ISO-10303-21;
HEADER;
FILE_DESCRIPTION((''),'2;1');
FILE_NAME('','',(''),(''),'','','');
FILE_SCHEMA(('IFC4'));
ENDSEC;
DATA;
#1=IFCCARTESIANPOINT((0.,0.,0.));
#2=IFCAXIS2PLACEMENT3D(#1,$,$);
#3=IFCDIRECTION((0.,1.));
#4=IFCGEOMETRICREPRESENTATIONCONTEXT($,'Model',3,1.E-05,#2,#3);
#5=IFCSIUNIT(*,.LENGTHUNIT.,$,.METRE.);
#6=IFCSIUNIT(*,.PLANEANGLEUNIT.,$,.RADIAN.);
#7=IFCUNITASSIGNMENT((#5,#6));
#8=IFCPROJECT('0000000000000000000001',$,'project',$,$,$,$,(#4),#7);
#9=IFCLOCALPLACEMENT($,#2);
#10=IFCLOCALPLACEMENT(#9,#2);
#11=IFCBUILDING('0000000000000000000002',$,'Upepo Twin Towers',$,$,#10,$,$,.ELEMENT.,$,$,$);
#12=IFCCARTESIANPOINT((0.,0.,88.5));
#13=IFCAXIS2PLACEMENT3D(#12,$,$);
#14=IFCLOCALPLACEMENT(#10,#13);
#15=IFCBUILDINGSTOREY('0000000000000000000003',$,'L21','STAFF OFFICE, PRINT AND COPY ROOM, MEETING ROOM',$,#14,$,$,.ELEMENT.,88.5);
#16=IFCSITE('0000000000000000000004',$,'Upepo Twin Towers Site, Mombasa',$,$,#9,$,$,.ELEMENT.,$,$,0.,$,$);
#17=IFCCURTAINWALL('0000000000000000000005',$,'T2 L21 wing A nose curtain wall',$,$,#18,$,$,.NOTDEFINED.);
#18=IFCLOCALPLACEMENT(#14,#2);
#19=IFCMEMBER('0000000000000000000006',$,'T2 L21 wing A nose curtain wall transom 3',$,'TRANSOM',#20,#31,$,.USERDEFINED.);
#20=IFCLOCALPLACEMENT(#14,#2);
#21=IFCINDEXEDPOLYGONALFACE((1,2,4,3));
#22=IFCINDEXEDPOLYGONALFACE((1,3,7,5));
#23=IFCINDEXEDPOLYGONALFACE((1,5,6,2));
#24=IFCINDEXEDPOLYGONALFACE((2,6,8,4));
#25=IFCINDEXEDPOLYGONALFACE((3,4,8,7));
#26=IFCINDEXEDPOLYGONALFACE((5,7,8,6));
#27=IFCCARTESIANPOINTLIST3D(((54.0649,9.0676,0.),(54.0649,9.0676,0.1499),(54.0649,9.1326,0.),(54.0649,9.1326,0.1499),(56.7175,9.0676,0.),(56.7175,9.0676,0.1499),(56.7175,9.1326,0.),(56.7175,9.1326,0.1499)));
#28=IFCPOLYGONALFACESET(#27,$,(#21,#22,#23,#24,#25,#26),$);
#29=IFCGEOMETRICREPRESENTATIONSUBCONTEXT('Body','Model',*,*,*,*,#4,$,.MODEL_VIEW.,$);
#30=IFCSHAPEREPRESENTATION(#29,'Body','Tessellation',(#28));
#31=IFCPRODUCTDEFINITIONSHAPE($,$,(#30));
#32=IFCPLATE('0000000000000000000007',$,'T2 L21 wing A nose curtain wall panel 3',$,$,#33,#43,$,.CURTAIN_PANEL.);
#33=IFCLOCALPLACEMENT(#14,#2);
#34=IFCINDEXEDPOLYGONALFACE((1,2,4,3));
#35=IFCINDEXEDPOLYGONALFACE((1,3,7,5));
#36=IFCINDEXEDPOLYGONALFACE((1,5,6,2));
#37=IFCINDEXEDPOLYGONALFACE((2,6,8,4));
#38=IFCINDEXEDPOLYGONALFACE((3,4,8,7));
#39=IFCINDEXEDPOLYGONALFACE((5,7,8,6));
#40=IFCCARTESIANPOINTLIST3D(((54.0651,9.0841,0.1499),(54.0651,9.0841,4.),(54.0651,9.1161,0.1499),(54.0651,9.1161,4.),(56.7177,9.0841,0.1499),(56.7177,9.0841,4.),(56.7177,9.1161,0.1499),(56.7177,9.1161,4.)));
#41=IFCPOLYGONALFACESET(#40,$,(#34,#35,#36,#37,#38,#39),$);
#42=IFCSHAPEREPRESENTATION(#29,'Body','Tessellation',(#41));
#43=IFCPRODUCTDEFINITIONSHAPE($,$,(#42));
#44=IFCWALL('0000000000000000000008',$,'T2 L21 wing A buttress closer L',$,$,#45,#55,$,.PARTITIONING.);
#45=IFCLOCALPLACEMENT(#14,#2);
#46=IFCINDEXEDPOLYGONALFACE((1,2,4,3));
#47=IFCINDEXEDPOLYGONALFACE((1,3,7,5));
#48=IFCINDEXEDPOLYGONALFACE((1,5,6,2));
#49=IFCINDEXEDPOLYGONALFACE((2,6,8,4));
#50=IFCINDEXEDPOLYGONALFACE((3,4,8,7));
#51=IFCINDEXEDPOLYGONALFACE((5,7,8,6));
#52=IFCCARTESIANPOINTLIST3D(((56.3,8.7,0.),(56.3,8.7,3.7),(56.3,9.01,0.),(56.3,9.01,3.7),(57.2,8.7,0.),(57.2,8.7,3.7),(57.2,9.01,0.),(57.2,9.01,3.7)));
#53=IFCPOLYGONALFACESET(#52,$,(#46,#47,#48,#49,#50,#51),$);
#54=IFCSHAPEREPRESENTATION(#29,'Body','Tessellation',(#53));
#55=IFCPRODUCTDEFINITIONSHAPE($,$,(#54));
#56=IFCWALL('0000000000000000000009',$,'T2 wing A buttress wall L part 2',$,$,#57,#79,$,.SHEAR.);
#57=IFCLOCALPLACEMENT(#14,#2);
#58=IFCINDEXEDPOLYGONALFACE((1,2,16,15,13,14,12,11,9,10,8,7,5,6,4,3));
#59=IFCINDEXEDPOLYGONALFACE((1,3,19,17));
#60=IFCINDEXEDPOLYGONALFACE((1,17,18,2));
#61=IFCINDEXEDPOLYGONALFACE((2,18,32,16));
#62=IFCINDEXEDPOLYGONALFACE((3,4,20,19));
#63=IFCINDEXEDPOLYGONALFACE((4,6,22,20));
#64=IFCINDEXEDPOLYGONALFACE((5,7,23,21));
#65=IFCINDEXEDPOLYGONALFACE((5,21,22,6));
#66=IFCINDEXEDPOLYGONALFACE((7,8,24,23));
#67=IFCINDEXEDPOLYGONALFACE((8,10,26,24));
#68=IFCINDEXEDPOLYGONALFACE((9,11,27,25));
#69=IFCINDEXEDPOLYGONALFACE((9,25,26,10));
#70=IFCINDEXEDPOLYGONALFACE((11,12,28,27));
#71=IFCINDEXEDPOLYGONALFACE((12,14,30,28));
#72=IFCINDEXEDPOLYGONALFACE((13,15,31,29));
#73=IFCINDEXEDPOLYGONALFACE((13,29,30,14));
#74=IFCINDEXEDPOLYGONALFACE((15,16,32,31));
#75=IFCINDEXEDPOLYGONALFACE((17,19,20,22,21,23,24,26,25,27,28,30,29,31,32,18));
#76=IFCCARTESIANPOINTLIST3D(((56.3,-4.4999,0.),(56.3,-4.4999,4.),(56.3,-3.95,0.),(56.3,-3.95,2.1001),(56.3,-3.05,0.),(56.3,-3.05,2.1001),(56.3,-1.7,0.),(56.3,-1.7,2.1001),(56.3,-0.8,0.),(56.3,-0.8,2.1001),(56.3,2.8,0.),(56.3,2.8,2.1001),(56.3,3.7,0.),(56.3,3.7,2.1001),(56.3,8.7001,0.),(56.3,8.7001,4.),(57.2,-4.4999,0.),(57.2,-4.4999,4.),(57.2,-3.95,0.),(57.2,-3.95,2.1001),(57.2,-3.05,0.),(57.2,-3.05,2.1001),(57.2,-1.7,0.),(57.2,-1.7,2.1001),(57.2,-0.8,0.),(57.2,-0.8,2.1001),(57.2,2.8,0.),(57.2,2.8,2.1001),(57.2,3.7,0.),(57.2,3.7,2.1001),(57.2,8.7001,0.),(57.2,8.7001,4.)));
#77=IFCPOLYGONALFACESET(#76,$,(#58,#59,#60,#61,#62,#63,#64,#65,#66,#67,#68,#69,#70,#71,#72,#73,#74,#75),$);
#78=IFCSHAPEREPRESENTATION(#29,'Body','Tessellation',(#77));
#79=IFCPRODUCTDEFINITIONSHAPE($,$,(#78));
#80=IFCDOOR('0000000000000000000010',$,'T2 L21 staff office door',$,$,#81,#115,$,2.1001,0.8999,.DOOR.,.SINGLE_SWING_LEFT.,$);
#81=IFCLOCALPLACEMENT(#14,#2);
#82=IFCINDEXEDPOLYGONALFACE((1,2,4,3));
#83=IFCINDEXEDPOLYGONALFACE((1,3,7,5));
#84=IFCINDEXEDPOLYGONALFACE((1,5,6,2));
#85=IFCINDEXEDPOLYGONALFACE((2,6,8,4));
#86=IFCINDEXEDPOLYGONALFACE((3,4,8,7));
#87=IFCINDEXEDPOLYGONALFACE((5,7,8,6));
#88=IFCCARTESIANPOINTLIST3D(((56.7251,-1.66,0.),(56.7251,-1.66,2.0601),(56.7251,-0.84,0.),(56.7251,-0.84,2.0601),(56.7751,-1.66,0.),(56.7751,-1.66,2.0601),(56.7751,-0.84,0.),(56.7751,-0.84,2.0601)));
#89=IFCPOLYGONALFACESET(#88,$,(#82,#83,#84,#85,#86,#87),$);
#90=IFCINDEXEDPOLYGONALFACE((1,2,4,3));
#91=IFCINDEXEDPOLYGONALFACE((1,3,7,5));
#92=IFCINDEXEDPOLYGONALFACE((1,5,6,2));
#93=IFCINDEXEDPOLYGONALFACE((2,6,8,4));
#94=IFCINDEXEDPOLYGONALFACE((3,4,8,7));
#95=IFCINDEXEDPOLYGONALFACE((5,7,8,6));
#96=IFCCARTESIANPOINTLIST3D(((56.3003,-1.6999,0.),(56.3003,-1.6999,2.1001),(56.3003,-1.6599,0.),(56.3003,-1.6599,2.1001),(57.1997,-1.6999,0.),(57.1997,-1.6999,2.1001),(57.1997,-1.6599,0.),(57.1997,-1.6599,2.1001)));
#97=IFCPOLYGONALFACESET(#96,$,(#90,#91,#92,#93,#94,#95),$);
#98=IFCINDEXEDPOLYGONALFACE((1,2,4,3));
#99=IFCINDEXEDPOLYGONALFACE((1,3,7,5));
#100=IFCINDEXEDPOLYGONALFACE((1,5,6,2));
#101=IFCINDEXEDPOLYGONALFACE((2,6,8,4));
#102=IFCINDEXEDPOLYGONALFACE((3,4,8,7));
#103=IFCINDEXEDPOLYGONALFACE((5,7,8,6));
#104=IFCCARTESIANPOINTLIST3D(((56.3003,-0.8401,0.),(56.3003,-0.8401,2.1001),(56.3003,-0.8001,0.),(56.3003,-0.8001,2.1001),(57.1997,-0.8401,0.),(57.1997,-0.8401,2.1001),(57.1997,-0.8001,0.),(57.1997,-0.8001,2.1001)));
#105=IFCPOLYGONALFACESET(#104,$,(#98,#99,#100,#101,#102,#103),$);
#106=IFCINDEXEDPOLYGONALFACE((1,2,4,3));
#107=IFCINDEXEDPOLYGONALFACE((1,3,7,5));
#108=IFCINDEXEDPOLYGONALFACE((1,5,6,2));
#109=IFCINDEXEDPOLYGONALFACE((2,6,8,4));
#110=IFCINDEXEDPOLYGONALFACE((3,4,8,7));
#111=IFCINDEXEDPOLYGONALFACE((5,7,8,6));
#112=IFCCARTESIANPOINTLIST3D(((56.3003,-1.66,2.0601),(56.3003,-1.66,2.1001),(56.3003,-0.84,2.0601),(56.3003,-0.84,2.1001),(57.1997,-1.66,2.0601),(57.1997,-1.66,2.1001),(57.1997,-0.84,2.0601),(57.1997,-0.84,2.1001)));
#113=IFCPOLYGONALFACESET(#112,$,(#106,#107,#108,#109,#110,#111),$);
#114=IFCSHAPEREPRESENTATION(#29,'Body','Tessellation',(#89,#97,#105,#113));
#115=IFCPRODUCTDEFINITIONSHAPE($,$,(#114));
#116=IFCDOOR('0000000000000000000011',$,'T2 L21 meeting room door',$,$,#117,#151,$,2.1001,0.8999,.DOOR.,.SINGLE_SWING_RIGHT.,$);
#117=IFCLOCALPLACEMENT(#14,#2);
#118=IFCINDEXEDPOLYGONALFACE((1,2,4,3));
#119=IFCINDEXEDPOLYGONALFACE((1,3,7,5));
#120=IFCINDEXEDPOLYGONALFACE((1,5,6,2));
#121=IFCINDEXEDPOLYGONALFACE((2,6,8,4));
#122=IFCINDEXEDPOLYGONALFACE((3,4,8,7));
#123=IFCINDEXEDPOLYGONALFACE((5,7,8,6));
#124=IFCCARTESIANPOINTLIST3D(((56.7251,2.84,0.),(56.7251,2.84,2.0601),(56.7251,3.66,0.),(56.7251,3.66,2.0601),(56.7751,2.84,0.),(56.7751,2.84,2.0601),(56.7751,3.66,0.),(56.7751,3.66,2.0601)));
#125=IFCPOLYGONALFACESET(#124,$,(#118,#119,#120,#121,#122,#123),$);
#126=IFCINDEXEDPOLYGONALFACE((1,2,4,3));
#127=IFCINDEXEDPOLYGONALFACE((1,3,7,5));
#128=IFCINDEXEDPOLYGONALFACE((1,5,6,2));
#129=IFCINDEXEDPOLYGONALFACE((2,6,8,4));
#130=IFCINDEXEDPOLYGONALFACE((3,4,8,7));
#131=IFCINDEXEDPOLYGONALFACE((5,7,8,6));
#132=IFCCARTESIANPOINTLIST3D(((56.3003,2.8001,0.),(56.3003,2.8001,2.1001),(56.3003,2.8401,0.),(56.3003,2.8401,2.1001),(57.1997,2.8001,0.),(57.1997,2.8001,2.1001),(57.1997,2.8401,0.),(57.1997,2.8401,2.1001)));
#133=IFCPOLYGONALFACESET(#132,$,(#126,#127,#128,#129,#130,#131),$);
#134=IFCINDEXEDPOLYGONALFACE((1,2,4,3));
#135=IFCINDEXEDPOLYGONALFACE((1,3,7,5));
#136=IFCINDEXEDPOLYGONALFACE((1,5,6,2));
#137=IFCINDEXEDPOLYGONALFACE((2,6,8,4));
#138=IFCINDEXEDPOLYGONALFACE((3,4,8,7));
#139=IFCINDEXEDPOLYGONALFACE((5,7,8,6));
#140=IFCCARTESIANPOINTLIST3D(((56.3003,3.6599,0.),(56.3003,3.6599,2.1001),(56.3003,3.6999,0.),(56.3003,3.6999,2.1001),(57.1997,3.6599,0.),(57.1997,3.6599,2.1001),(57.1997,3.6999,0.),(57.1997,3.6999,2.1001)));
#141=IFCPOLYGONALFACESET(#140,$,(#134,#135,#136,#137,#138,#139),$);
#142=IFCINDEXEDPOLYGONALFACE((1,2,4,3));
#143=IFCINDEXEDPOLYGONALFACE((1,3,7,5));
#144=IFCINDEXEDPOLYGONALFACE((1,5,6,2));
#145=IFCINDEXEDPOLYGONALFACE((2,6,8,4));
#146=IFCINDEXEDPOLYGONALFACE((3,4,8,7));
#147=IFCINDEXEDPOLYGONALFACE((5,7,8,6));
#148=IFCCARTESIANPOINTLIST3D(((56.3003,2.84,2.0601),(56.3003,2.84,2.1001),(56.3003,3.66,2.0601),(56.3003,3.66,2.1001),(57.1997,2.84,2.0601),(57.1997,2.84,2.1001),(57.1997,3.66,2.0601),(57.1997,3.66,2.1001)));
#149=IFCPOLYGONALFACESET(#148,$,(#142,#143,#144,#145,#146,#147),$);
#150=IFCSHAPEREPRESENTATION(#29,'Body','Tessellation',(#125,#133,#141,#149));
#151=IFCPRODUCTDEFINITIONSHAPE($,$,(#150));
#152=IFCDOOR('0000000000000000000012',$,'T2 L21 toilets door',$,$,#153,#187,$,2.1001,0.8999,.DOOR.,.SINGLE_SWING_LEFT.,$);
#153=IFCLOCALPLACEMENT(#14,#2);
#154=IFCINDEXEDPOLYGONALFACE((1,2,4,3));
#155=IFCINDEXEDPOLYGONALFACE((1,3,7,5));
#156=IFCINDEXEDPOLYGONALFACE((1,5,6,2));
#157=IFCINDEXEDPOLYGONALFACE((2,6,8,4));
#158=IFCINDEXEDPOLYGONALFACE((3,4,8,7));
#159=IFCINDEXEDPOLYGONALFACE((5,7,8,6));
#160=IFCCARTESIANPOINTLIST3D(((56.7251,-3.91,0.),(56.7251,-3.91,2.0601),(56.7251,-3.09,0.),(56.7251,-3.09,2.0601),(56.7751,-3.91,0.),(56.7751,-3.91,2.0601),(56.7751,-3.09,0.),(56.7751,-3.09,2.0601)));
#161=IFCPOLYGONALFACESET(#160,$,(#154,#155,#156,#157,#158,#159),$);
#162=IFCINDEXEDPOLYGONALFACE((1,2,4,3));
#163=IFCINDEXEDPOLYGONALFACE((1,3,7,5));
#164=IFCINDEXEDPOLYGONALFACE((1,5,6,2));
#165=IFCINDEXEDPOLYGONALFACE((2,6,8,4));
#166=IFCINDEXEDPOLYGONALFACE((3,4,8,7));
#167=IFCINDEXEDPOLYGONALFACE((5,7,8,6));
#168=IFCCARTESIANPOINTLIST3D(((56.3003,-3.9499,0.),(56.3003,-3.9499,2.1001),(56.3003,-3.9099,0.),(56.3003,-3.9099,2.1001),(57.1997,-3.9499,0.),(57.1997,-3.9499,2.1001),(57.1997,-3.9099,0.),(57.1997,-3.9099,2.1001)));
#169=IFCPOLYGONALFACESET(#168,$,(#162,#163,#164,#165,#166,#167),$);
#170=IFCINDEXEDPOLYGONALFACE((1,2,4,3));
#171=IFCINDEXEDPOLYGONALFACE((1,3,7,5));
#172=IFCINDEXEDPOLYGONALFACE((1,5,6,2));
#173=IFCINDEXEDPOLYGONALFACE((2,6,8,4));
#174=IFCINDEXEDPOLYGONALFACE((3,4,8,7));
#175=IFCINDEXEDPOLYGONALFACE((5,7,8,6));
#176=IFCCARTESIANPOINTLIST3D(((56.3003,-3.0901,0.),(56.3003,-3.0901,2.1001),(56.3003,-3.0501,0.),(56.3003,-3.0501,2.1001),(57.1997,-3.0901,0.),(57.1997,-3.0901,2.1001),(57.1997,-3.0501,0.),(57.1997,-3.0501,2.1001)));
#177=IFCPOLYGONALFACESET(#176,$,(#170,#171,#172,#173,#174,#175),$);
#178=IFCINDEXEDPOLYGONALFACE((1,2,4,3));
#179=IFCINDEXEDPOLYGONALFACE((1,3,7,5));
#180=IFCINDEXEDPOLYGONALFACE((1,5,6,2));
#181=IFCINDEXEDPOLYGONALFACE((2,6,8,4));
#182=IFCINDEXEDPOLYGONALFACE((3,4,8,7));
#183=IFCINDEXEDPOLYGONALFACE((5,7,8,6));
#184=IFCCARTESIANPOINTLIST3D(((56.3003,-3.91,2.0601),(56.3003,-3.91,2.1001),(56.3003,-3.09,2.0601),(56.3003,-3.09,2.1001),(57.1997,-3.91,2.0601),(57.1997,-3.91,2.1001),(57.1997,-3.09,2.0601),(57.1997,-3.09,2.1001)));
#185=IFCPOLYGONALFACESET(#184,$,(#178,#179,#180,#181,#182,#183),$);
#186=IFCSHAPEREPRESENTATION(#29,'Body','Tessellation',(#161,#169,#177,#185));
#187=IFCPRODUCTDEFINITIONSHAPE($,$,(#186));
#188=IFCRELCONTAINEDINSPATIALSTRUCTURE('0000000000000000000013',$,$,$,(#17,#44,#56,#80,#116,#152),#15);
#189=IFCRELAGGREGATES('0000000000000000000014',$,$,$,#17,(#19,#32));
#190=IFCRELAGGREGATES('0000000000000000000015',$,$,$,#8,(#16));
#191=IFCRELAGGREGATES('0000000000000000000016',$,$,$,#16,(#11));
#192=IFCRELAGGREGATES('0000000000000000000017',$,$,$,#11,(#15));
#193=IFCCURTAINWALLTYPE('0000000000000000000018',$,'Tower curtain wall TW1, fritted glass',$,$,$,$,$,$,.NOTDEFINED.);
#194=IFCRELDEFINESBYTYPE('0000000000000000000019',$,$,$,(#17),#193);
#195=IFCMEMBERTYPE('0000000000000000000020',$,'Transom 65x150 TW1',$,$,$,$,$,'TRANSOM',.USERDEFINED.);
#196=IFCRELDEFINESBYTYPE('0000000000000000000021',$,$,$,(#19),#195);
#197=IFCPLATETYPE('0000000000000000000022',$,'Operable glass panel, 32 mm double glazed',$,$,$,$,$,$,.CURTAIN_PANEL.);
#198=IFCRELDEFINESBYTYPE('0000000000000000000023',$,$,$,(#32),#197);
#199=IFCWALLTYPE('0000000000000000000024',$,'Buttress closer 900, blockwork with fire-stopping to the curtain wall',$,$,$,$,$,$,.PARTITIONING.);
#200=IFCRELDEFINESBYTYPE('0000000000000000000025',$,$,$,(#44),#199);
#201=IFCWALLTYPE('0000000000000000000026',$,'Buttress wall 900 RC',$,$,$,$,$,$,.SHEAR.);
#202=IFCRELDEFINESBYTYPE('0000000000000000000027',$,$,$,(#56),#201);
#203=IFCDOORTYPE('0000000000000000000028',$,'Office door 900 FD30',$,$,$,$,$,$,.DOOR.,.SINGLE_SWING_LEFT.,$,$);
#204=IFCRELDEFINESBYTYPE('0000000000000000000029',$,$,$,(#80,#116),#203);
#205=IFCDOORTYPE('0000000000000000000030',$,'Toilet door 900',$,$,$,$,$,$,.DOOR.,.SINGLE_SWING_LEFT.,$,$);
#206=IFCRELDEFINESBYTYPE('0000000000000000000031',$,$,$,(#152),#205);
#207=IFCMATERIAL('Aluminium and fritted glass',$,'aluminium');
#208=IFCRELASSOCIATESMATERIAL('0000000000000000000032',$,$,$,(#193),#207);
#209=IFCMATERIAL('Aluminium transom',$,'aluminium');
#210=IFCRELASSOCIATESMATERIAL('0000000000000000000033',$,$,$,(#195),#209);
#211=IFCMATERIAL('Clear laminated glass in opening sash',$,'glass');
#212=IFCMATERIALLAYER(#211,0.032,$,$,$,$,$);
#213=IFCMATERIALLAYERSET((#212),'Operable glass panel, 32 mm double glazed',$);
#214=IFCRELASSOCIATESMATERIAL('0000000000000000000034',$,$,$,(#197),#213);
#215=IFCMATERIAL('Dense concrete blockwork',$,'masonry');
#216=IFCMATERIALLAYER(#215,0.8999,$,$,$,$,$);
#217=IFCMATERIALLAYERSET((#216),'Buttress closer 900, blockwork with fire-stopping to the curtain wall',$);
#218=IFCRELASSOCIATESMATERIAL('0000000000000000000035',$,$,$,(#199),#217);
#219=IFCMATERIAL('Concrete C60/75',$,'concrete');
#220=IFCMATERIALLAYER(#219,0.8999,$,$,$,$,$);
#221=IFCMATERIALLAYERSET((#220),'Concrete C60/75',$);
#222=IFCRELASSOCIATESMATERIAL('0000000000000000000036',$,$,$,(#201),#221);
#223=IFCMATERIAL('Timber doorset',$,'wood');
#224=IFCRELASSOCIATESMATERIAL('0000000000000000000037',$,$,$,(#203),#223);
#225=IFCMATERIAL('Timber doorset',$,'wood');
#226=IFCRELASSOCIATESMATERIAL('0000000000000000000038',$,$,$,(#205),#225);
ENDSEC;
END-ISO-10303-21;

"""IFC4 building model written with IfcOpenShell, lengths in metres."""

from ifc_helpers import new_model, si_unit, direction, frame, frame_2d, origin, origin_2d, place, context, subcontext, project, spatial, rectangle, extrude, material, layer, layer_set, material_profile, profile_set, type_object, element, fill, aggregate, save


model = new_model("IFC4")

# Units and contexts
model_context = context("Model", 3, precision=1e-05, world=origin(), true_north=direction((0.0, 1.0)))
body_context = subcontext(model_context, "Body", "Model", "MODEL_VIEW")
ifc_project = project(units=[si_unit("LENGTHUNIT", "METRE"), si_unit("PLANEANGLEUNIT", "RADIAN")], contexts=[model_context])

# Site, building, storey
site_placement = place(None, origin())
site = spatial("IfcSite", under=ifc_project, at=site_placement, Name="Upepo Twin Towers Site, Mombasa", CompositionType="ELEMENT", RefElevation=0.0)
building_placement = place(site_placement, origin())
building = spatial("IfcBuilding", under=site, at=building_placement, Name="Upepo Twin Towers", CompositionType="ELEMENT")
storey_placement = place(building_placement, frame((0.0, 0.0, 88.5)))
storey = spatial("IfcBuildingStorey", under=building, at=storey_placement, Name="L21", Description="STAFF OFFICE, PRINT AND COPY ROOM, MEETING ROOM", CompositionType="ELEMENT", Elevation=88.5)

# Curtain wall, member, plate
ifc_material_1 = material(Name="Aluminium and fritted glass", Category="aluminium")
curtain_wall_type = type_object("IfcCurtainWallType", Name="Tower curtain wall TW1, fritted glass", PredefinedType="NOTDEFINED", material=ifc_material_1)
curtain_wall_placement = place(storey_placement, origin())
curtain_wall = element("IfcCurtainWall", 1, at=curtain_wall_placement, inside=storey, type_object=curtain_wall_type, Name="T2 L21 wing A nose curtain wall", PredefinedType="NOTDEFINED")
ifc_material_2 = material(Name="Aluminium transom", Category="aluminium")
ifc_material_profile_1 = material_profile(ifc_material_2, rectangle(XDim=0.0649, YDim=0.1499, at=origin_2d()), Name="TRANSOM 65x150")
ifc_profile_set_1 = profile_set([ifc_material_profile_1], Name="Aluminium transom")
member_type_1 = type_object("IfcMemberType", Name="Transom 65x150 TW1", ElementType="TRANSOM", PredefinedType="USERDEFINED", material=ifc_profile_set_1)
member_1_placement = place(storey_placement, frame((56.7175, 9.1001, 0.075), z_axis=(-1.0, 0.0, 0.0), x_axis=(0.0, -1.0, 0.0)))
member_1 = element("IfcMember", 2, at=member_1_placement, type_object=member_type_1, Name="T2 L21 wing A nose curtain wall transom 3", ObjectType="TRANSOM", PredefinedType="USERDEFINED", context=body_context, shape_type="SweptSolid", body=[
    extrude(rectangle(XDim=0.0649, YDim=0.1499, at=origin_2d()), origin(), (0.0, 0.0, 1.0), 2.6526),
])
ifc_material_3 = material(Name="Clear laminated glass in opening sash", Category="glass")
ifc_layer_1 = layer(ifc_material_3, 0.032)
ifc_layer_set_1 = layer_set([ifc_layer_1], Name="Operable glass panel, 32 mm double glazed")
plate_type = type_object("IfcPlateType", Name="Operable glass panel, 32 mm double glazed", PredefinedType="CURTAIN_PANEL", material=ifc_layer_set_1)
plate_placement = place(storey_placement, frame((55.3914, 9.1001, 0.1499), z_axis=(0.0, 0.0, 1.0), x_axis=(-1.0, 0.0, 0.0)))
plate = element("IfcPlate", 3, at=plate_placement, type_object=plate_type, Name="T2 L21 wing A nose curtain wall panel 3", PredefinedType="CURTAIN_PANEL", context=body_context, shape_type="SweptSolid", body=[
    extrude(rectangle(XDim=2.6526, YDim=0.032, at=origin_2d()), origin(), (0.0, 0.0, 1.0), 3.8501),
])
aggregate(curtain_wall, [member_1, plate])

# Wall
ifc_material_4 = material(Name="Dense concrete blockwork", Category="masonry")
ifc_layer_2 = layer(ifc_material_4, 0.8999)
ifc_layer_set_2 = layer_set([ifc_layer_2], Name="Buttress closer 900, blockwork with fire-stopping to the curtain wall")
wall_type_1 = type_object("IfcWallType", Name="Buttress closer 900, blockwork with fire-stopping to the curtain wall", PredefinedType="PARTITIONING", material=ifc_layer_set_2)
wall_1_placement = place(storey_placement, frame((56.75, 8.7, 0.0), z_axis=(0.0, 0.0, 1.0), x_axis=(0.0, 1.0, 0.0)))
element("IfcWall", 4, at=wall_1_placement, inside=storey, type_object=wall_type_1, Name="T2 L21 wing A buttress closer L", PredefinedType="PARTITIONING", context=body_context, shape_type="SweptSolid", body=[
    extrude(rectangle(XDim=0.3101, YDim=0.8999, at=frame_2d((0.155, 0.0))), origin(), (0.0, 0.0, 1.0), 3.7),
])

# Wall, openings, doors
ifc_material_5 = material(Name="Concrete C60/75", Category="concrete")
ifc_layer_3 = layer(ifc_material_5, 0.8999)
ifc_layer_set_3 = layer_set([ifc_layer_3], Name="Concrete C60/75")
wall_type_2 = type_object("IfcWallType", Name="Buttress wall 900 RC", PredefinedType="SHEAR", material=ifc_layer_set_3)
wall_2_placement = place(storey_placement, frame((56.75, -4.5, 0.0), z_axis=(0.0, 0.0, 1.0), x_axis=(0.0, 1.0, 0.0)))
wall_2 = element("IfcWall", 5, at=wall_2_placement, inside=storey, type_object=wall_type_2, Name="T2 wing A buttress wall L part 2", PredefinedType="SHEAR", context=body_context, shape_type="SweptSolid", body=[
    extrude(rectangle(XDim=13.2, YDim=0.8999, at=frame_2d((6.6001, 0.0))), origin(), (0.0, 0.0, 1.0), 4.0),
])
opening_1_placement = place(wall_2_placement, frame((0.55, 0.0, 0.0)))
opening_1 = element("IfcOpeningElement", 6, at=opening_1_placement, cuts=wall_2, PredefinedType="OPENING", context=body_context, shape_type="SweptSolid", body=[
    extrude(rectangle(XDim=0.8999, YDim=2.1001, at=frame_2d((0.45, 1.05))), frame((0.0, 0.46, 0.0), z_axis=(0.0, -1.0, 0.0), x_axis=(1.0, 0.0, 0.0)), (0.0, 0.0, 1.0), 0.9199),
])
opening_2_placement = place(wall_2_placement, frame((2.8, 0.0, 0.0)))
opening_2 = element("IfcOpeningElement", 7, at=opening_2_placement, cuts=wall_2, PredefinedType="OPENING", context=body_context, shape_type="SweptSolid", body=[
    extrude(rectangle(XDim=0.8999, YDim=2.1001, at=frame_2d((0.45, 1.05))), frame((0.0, 0.46, 0.0), z_axis=(0.0, -1.0, 0.0), x_axis=(1.0, 0.0, 0.0)), (0.0, 0.0, 1.0), 0.9199),
])
opening_3_placement = place(wall_2_placement, frame((7.3, 0.0, 0.0)))
opening_3 = element("IfcOpeningElement", 8, at=opening_3_placement, cuts=wall_2, PredefinedType="OPENING", context=body_context, shape_type="SweptSolid", body=[
    extrude(rectangle(XDim=0.8999, YDim=2.1001, at=frame_2d((0.45, 1.05))), frame((0.0, 0.46, 0.0), z_axis=(0.0, -1.0, 0.0), x_axis=(1.0, 0.0, 0.0)), (0.0, 0.0, 1.0), 0.9199),
])
ifc_material_6 = material(Name="Timber doorset", Category="wood")
door_type_1 = type_object("IfcDoorType", Name="Office door 900 FD30", OperationType="SINGLE_SWING_LEFT", PredefinedType="DOOR", material=ifc_material_6)
door_1_placement = place(opening_2_placement, origin())
door_1 = element("IfcDoor", 9, at=door_1_placement, inside=storey, type_object=door_type_1, Name="T2 L21 staff office door", OperationType="SINGLE_SWING_LEFT", OverallHeight=2.1001, OverallWidth=0.8999, PredefinedType="DOOR", context=body_context, shape_type="SweptSolid", body=[
    extrude(rectangle(XDim=0.8199, YDim=2.0601, at=frame_2d((0.45, 1.03))), frame((0.0, 0.0249, 0.0), z_axis=(0.0, -1.0, 0.0), x_axis=(1.0, 0.0, 0.0)), (0.0, 0.0, 1.0), 0.05),
    extrude(rectangle(XDim=0.04, YDim=2.1001, at=frame_2d((0.02, 1.05))), frame((0.0, 0.4497, 0.0), z_axis=(0.0, -1.0, 0.0), x_axis=(1.0, 0.0, 0.0)), (0.0, 0.0, 1.0), 0.8994),
    extrude(rectangle(XDim=0.04, YDim=2.1001, at=frame_2d((0.8799, 1.05))), frame((0.0, 0.4497, 0.0), z_axis=(0.0, -1.0, 0.0), x_axis=(1.0, 0.0, 0.0)), (0.0, 0.0, 1.0), 0.8994),
    extrude(rectangle(XDim=0.8199, YDim=0.04, at=frame_2d((0.45, 2.0801))), frame((0.0, 0.4497, 0.0), z_axis=(0.0, -1.0, 0.0), x_axis=(1.0, 0.0, 0.0)), (0.0, 0.0, 1.0), 0.8994),
])
fill(opening_2, door_1)
door_2_placement = place(opening_3_placement, origin())
door_2 = element("IfcDoor", 10, at=door_2_placement, inside=storey, type_object=door_type_1, Name="T2 L21 meeting room door", OperationType="SINGLE_SWING_RIGHT", OverallHeight=2.1001, OverallWidth=0.8999, PredefinedType="DOOR", context=body_context, shape_type="SweptSolid", body=[
    extrude(rectangle(XDim=0.8199, YDim=2.0601, at=frame_2d((0.45, 1.03))), frame((0.0, 0.0249, 0.0), z_axis=(0.0, -1.0, 0.0), x_axis=(1.0, 0.0, 0.0)), (0.0, 0.0, 1.0), 0.05),
    extrude(rectangle(XDim=0.04, YDim=2.1001, at=frame_2d((0.02, 1.05))), frame((0.0, 0.4497, 0.0), z_axis=(0.0, -1.0, 0.0), x_axis=(1.0, 0.0, 0.0)), (0.0, 0.0, 1.0), 0.8994),
    extrude(rectangle(XDim=0.04, YDim=2.1001, at=frame_2d((0.8799, 1.05))), frame((0.0, 0.4497, 0.0), z_axis=(0.0, -1.0, 0.0), x_axis=(1.0, 0.0, 0.0)), (0.0, 0.0, 1.0), 0.8994),
    extrude(rectangle(XDim=0.8199, YDim=0.04, at=frame_2d((0.45, 2.0801))), frame((0.0, 0.4497, 0.0), z_axis=(0.0, -1.0, 0.0), x_axis=(1.0, 0.0, 0.0)), (0.0, 0.0, 1.0), 0.8994),
])
fill(opening_3, door_2)
ifc_material_7 = material(Name="Timber doorset", Category="wood")
door_type_2 = type_object("IfcDoorType", Name="Toilet door 900", OperationType="SINGLE_SWING_LEFT", PredefinedType="DOOR", material=ifc_material_7)
door_3_placement = place(opening_1_placement, origin())
door_3 = element("IfcDoor", 11, at=door_3_placement, inside=storey, type_object=door_type_2, Name="T2 L21 toilets door", OperationType="SINGLE_SWING_LEFT", OverallHeight=2.1001, OverallWidth=0.8999, PredefinedType="DOOR", context=body_context, shape_type="SweptSolid", body=[
    extrude(rectangle(XDim=0.8199, YDim=2.0601, at=frame_2d((0.45, 1.03))), frame((0.0, 0.0249, 0.0), z_axis=(0.0, -1.0, 0.0), x_axis=(1.0, 0.0, 0.0)), (0.0, 0.0, 1.0), 0.05),
    extrude(rectangle(XDim=0.04, YDim=2.1001, at=frame_2d((0.02, 1.05))), frame((0.0, 0.4497, 0.0), z_axis=(0.0, -1.0, 0.0), x_axis=(1.0, 0.0, 0.0)), (0.0, 0.0, 1.0), 0.8994),
    extrude(rectangle(XDim=0.04, YDim=2.1001, at=frame_2d((0.8799, 1.05))), frame((0.0, 0.4497, 0.0), z_axis=(0.0, -1.0, 0.0), x_axis=(1.0, 0.0, 0.0)), (0.0, 0.0, 1.0), 0.8994),
    extrude(rectangle(XDim=0.8199, YDim=0.04, at=frame_2d((0.45, 2.0801))), frame((0.0, 0.4497, 0.0), z_axis=(0.0, -1.0, 0.0), x_axis=(1.0, 0.0, 0.0)), (0.0, 0.0, 1.0), 0.8994),
])
fill(opening_1, door_3)

save(model, "model.ifc")
